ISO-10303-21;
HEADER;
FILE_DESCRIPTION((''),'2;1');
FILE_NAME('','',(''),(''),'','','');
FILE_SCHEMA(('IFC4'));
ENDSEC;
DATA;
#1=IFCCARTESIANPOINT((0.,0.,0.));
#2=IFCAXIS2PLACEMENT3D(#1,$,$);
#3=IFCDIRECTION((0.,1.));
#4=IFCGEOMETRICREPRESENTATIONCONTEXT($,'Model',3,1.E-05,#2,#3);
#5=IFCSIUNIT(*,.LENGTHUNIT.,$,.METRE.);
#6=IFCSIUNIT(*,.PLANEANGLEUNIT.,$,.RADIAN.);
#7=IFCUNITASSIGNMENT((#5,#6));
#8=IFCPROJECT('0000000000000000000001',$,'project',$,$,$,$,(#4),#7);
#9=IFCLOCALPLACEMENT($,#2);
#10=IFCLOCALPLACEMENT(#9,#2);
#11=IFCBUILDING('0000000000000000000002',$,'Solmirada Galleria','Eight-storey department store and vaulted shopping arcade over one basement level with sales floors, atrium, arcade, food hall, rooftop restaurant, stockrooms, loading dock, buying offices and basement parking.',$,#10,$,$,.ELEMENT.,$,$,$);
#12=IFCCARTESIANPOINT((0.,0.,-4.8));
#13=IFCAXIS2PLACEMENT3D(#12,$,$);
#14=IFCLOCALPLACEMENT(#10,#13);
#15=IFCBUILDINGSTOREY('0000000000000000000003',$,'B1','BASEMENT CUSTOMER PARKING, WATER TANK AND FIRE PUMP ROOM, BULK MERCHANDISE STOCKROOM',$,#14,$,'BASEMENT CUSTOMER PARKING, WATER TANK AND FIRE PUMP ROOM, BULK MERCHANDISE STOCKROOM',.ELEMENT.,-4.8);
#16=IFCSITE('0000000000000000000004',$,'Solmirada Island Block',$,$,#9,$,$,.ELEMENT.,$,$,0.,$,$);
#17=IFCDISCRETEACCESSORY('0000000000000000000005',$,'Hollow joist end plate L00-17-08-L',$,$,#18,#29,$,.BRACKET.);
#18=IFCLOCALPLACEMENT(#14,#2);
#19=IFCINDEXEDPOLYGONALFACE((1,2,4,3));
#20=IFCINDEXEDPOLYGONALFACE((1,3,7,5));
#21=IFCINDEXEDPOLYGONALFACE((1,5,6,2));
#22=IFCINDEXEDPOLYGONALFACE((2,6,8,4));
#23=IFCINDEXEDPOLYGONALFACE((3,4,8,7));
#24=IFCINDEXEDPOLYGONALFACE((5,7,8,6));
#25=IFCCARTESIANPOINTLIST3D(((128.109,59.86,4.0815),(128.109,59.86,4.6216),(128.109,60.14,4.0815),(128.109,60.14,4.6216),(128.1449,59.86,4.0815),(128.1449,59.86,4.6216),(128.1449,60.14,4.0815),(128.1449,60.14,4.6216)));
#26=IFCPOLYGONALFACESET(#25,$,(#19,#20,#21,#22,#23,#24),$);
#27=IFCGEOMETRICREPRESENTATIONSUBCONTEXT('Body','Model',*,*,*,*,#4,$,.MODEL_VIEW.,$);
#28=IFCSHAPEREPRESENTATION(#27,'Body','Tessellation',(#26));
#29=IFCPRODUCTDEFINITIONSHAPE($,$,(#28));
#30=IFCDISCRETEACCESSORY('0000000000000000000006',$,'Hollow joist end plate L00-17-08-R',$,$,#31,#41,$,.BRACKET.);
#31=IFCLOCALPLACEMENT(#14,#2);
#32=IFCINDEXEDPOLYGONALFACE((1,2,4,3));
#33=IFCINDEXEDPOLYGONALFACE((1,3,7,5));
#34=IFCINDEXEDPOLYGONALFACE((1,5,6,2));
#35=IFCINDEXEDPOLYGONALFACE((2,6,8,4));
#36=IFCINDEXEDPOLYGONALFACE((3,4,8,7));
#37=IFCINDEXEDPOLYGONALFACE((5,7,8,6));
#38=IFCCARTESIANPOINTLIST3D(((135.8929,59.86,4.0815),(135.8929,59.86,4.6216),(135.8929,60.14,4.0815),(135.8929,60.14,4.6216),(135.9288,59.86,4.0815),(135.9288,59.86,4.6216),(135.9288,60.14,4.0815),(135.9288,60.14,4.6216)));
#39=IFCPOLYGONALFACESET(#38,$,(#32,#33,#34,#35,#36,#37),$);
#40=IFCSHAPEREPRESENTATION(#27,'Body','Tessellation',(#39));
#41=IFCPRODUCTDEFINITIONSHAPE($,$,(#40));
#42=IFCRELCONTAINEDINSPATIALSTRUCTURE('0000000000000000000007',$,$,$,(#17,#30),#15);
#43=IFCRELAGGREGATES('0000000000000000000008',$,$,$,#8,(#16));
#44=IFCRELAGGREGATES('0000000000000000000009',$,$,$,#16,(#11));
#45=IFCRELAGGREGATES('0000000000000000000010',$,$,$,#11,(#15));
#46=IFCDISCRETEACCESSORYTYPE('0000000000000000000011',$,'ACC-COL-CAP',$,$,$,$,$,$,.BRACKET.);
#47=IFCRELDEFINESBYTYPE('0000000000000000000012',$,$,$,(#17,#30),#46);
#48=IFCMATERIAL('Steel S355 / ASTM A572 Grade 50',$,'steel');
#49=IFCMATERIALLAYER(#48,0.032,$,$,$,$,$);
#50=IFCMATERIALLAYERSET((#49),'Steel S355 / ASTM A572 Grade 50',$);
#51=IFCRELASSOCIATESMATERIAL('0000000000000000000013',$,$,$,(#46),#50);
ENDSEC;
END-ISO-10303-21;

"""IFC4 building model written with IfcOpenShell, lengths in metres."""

from ifc_helpers import new_model, si_unit, direction, frame, origin, origin_2d, place, context, subcontext, project, spatial, rectangle, extrude, material, layer, layer_set, type_object, element, save


model = new_model("IFC4")

# Units and contexts
model_context = context("Model", 3, precision=1e-05, world=origin(), true_north=direction((0.0, 1.0)))
body_context = subcontext(model_context, "Body", "Model", "MODEL_VIEW")
ifc_project = project(units=[si_unit("LENGTHUNIT", "METRE"), si_unit("PLANEANGLEUNIT", "RADIAN")], contexts=[model_context])

# Site, building, storey
site_placement = place(None, origin())
site = spatial("IfcSite", under=ifc_project, at=site_placement, Name="Solmirada Island Block", CompositionType="ELEMENT", RefElevation=0.0)
building_placement = place(site_placement, origin())
building = spatial("IfcBuilding", under=site, at=building_placement, Name="Solmirada Galleria", Description="Eight-storey department store and vaulted shopping arcade over one basement level with sales floors, atrium, arcade, food hall, rooftop restaurant, stockrooms, loading dock, buying offices and basement parking.", CompositionType="ELEMENT")
storey_placement = place(building_placement, frame((0.0, 0.0, -4.8)))
storey = spatial("IfcBuildingStorey", under=building, at=storey_placement, Name="B1", Description="BASEMENT CUSTOMER PARKING, WATER TANK AND FIRE PUMP ROOM, BULK MERCHANDISE STOCKROOM", LongName="BASEMENT CUSTOMER PARKING, WATER TANK AND FIRE PUMP ROOM, BULK MERCHANDISE STOCKROOM", CompositionType="ELEMENT", Elevation=-4.8)

# Discrete accessories
ifc_material_1 = material(Name="Steel S355 / ASTM A572 Grade 50", Category="steel")
ifc_layer_1 = layer(ifc_material_1, 0.032)
ifc_layer_set_1 = layer_set([ifc_layer_1], Name="Steel S355 / ASTM A572 Grade 50")
discrete_accessory_type = type_object("IfcDiscreteAccessoryType", Name="ACC-COL-CAP", PredefinedType="BRACKET", material=ifc_layer_set_1)
for number, where, z_axis, x_axis, name in (
    (1, (128.127, 60.0, 4.0815), (0.0, 0.0, 1.0), (1.0, 0.0, 0.0), "Hollow joist end plate L00-17-08-L"),
    (2, (135.9109, 60.0, 4.0815), (0.0, 0.0, 1.0), (1.0, 0.0, 0.0), "Hollow joist end plate L00-17-08-R"),
):
    element("IfcDiscreteAccessory", number, at=place(storey_placement, frame(where, z_axis=z_axis, x_axis=x_axis)), inside=storey, type_object=discrete_accessory_type, Name=name, PredefinedType="BRACKET", context=body_context, shape_type="SweptSolid", body=[
        extrude(rectangle(XDim=0.0359, YDim=0.28, at=origin_2d()), origin(), (0.0, 0.0, 1.0), 0.54),
    ])

save(model, "model.ifc")
